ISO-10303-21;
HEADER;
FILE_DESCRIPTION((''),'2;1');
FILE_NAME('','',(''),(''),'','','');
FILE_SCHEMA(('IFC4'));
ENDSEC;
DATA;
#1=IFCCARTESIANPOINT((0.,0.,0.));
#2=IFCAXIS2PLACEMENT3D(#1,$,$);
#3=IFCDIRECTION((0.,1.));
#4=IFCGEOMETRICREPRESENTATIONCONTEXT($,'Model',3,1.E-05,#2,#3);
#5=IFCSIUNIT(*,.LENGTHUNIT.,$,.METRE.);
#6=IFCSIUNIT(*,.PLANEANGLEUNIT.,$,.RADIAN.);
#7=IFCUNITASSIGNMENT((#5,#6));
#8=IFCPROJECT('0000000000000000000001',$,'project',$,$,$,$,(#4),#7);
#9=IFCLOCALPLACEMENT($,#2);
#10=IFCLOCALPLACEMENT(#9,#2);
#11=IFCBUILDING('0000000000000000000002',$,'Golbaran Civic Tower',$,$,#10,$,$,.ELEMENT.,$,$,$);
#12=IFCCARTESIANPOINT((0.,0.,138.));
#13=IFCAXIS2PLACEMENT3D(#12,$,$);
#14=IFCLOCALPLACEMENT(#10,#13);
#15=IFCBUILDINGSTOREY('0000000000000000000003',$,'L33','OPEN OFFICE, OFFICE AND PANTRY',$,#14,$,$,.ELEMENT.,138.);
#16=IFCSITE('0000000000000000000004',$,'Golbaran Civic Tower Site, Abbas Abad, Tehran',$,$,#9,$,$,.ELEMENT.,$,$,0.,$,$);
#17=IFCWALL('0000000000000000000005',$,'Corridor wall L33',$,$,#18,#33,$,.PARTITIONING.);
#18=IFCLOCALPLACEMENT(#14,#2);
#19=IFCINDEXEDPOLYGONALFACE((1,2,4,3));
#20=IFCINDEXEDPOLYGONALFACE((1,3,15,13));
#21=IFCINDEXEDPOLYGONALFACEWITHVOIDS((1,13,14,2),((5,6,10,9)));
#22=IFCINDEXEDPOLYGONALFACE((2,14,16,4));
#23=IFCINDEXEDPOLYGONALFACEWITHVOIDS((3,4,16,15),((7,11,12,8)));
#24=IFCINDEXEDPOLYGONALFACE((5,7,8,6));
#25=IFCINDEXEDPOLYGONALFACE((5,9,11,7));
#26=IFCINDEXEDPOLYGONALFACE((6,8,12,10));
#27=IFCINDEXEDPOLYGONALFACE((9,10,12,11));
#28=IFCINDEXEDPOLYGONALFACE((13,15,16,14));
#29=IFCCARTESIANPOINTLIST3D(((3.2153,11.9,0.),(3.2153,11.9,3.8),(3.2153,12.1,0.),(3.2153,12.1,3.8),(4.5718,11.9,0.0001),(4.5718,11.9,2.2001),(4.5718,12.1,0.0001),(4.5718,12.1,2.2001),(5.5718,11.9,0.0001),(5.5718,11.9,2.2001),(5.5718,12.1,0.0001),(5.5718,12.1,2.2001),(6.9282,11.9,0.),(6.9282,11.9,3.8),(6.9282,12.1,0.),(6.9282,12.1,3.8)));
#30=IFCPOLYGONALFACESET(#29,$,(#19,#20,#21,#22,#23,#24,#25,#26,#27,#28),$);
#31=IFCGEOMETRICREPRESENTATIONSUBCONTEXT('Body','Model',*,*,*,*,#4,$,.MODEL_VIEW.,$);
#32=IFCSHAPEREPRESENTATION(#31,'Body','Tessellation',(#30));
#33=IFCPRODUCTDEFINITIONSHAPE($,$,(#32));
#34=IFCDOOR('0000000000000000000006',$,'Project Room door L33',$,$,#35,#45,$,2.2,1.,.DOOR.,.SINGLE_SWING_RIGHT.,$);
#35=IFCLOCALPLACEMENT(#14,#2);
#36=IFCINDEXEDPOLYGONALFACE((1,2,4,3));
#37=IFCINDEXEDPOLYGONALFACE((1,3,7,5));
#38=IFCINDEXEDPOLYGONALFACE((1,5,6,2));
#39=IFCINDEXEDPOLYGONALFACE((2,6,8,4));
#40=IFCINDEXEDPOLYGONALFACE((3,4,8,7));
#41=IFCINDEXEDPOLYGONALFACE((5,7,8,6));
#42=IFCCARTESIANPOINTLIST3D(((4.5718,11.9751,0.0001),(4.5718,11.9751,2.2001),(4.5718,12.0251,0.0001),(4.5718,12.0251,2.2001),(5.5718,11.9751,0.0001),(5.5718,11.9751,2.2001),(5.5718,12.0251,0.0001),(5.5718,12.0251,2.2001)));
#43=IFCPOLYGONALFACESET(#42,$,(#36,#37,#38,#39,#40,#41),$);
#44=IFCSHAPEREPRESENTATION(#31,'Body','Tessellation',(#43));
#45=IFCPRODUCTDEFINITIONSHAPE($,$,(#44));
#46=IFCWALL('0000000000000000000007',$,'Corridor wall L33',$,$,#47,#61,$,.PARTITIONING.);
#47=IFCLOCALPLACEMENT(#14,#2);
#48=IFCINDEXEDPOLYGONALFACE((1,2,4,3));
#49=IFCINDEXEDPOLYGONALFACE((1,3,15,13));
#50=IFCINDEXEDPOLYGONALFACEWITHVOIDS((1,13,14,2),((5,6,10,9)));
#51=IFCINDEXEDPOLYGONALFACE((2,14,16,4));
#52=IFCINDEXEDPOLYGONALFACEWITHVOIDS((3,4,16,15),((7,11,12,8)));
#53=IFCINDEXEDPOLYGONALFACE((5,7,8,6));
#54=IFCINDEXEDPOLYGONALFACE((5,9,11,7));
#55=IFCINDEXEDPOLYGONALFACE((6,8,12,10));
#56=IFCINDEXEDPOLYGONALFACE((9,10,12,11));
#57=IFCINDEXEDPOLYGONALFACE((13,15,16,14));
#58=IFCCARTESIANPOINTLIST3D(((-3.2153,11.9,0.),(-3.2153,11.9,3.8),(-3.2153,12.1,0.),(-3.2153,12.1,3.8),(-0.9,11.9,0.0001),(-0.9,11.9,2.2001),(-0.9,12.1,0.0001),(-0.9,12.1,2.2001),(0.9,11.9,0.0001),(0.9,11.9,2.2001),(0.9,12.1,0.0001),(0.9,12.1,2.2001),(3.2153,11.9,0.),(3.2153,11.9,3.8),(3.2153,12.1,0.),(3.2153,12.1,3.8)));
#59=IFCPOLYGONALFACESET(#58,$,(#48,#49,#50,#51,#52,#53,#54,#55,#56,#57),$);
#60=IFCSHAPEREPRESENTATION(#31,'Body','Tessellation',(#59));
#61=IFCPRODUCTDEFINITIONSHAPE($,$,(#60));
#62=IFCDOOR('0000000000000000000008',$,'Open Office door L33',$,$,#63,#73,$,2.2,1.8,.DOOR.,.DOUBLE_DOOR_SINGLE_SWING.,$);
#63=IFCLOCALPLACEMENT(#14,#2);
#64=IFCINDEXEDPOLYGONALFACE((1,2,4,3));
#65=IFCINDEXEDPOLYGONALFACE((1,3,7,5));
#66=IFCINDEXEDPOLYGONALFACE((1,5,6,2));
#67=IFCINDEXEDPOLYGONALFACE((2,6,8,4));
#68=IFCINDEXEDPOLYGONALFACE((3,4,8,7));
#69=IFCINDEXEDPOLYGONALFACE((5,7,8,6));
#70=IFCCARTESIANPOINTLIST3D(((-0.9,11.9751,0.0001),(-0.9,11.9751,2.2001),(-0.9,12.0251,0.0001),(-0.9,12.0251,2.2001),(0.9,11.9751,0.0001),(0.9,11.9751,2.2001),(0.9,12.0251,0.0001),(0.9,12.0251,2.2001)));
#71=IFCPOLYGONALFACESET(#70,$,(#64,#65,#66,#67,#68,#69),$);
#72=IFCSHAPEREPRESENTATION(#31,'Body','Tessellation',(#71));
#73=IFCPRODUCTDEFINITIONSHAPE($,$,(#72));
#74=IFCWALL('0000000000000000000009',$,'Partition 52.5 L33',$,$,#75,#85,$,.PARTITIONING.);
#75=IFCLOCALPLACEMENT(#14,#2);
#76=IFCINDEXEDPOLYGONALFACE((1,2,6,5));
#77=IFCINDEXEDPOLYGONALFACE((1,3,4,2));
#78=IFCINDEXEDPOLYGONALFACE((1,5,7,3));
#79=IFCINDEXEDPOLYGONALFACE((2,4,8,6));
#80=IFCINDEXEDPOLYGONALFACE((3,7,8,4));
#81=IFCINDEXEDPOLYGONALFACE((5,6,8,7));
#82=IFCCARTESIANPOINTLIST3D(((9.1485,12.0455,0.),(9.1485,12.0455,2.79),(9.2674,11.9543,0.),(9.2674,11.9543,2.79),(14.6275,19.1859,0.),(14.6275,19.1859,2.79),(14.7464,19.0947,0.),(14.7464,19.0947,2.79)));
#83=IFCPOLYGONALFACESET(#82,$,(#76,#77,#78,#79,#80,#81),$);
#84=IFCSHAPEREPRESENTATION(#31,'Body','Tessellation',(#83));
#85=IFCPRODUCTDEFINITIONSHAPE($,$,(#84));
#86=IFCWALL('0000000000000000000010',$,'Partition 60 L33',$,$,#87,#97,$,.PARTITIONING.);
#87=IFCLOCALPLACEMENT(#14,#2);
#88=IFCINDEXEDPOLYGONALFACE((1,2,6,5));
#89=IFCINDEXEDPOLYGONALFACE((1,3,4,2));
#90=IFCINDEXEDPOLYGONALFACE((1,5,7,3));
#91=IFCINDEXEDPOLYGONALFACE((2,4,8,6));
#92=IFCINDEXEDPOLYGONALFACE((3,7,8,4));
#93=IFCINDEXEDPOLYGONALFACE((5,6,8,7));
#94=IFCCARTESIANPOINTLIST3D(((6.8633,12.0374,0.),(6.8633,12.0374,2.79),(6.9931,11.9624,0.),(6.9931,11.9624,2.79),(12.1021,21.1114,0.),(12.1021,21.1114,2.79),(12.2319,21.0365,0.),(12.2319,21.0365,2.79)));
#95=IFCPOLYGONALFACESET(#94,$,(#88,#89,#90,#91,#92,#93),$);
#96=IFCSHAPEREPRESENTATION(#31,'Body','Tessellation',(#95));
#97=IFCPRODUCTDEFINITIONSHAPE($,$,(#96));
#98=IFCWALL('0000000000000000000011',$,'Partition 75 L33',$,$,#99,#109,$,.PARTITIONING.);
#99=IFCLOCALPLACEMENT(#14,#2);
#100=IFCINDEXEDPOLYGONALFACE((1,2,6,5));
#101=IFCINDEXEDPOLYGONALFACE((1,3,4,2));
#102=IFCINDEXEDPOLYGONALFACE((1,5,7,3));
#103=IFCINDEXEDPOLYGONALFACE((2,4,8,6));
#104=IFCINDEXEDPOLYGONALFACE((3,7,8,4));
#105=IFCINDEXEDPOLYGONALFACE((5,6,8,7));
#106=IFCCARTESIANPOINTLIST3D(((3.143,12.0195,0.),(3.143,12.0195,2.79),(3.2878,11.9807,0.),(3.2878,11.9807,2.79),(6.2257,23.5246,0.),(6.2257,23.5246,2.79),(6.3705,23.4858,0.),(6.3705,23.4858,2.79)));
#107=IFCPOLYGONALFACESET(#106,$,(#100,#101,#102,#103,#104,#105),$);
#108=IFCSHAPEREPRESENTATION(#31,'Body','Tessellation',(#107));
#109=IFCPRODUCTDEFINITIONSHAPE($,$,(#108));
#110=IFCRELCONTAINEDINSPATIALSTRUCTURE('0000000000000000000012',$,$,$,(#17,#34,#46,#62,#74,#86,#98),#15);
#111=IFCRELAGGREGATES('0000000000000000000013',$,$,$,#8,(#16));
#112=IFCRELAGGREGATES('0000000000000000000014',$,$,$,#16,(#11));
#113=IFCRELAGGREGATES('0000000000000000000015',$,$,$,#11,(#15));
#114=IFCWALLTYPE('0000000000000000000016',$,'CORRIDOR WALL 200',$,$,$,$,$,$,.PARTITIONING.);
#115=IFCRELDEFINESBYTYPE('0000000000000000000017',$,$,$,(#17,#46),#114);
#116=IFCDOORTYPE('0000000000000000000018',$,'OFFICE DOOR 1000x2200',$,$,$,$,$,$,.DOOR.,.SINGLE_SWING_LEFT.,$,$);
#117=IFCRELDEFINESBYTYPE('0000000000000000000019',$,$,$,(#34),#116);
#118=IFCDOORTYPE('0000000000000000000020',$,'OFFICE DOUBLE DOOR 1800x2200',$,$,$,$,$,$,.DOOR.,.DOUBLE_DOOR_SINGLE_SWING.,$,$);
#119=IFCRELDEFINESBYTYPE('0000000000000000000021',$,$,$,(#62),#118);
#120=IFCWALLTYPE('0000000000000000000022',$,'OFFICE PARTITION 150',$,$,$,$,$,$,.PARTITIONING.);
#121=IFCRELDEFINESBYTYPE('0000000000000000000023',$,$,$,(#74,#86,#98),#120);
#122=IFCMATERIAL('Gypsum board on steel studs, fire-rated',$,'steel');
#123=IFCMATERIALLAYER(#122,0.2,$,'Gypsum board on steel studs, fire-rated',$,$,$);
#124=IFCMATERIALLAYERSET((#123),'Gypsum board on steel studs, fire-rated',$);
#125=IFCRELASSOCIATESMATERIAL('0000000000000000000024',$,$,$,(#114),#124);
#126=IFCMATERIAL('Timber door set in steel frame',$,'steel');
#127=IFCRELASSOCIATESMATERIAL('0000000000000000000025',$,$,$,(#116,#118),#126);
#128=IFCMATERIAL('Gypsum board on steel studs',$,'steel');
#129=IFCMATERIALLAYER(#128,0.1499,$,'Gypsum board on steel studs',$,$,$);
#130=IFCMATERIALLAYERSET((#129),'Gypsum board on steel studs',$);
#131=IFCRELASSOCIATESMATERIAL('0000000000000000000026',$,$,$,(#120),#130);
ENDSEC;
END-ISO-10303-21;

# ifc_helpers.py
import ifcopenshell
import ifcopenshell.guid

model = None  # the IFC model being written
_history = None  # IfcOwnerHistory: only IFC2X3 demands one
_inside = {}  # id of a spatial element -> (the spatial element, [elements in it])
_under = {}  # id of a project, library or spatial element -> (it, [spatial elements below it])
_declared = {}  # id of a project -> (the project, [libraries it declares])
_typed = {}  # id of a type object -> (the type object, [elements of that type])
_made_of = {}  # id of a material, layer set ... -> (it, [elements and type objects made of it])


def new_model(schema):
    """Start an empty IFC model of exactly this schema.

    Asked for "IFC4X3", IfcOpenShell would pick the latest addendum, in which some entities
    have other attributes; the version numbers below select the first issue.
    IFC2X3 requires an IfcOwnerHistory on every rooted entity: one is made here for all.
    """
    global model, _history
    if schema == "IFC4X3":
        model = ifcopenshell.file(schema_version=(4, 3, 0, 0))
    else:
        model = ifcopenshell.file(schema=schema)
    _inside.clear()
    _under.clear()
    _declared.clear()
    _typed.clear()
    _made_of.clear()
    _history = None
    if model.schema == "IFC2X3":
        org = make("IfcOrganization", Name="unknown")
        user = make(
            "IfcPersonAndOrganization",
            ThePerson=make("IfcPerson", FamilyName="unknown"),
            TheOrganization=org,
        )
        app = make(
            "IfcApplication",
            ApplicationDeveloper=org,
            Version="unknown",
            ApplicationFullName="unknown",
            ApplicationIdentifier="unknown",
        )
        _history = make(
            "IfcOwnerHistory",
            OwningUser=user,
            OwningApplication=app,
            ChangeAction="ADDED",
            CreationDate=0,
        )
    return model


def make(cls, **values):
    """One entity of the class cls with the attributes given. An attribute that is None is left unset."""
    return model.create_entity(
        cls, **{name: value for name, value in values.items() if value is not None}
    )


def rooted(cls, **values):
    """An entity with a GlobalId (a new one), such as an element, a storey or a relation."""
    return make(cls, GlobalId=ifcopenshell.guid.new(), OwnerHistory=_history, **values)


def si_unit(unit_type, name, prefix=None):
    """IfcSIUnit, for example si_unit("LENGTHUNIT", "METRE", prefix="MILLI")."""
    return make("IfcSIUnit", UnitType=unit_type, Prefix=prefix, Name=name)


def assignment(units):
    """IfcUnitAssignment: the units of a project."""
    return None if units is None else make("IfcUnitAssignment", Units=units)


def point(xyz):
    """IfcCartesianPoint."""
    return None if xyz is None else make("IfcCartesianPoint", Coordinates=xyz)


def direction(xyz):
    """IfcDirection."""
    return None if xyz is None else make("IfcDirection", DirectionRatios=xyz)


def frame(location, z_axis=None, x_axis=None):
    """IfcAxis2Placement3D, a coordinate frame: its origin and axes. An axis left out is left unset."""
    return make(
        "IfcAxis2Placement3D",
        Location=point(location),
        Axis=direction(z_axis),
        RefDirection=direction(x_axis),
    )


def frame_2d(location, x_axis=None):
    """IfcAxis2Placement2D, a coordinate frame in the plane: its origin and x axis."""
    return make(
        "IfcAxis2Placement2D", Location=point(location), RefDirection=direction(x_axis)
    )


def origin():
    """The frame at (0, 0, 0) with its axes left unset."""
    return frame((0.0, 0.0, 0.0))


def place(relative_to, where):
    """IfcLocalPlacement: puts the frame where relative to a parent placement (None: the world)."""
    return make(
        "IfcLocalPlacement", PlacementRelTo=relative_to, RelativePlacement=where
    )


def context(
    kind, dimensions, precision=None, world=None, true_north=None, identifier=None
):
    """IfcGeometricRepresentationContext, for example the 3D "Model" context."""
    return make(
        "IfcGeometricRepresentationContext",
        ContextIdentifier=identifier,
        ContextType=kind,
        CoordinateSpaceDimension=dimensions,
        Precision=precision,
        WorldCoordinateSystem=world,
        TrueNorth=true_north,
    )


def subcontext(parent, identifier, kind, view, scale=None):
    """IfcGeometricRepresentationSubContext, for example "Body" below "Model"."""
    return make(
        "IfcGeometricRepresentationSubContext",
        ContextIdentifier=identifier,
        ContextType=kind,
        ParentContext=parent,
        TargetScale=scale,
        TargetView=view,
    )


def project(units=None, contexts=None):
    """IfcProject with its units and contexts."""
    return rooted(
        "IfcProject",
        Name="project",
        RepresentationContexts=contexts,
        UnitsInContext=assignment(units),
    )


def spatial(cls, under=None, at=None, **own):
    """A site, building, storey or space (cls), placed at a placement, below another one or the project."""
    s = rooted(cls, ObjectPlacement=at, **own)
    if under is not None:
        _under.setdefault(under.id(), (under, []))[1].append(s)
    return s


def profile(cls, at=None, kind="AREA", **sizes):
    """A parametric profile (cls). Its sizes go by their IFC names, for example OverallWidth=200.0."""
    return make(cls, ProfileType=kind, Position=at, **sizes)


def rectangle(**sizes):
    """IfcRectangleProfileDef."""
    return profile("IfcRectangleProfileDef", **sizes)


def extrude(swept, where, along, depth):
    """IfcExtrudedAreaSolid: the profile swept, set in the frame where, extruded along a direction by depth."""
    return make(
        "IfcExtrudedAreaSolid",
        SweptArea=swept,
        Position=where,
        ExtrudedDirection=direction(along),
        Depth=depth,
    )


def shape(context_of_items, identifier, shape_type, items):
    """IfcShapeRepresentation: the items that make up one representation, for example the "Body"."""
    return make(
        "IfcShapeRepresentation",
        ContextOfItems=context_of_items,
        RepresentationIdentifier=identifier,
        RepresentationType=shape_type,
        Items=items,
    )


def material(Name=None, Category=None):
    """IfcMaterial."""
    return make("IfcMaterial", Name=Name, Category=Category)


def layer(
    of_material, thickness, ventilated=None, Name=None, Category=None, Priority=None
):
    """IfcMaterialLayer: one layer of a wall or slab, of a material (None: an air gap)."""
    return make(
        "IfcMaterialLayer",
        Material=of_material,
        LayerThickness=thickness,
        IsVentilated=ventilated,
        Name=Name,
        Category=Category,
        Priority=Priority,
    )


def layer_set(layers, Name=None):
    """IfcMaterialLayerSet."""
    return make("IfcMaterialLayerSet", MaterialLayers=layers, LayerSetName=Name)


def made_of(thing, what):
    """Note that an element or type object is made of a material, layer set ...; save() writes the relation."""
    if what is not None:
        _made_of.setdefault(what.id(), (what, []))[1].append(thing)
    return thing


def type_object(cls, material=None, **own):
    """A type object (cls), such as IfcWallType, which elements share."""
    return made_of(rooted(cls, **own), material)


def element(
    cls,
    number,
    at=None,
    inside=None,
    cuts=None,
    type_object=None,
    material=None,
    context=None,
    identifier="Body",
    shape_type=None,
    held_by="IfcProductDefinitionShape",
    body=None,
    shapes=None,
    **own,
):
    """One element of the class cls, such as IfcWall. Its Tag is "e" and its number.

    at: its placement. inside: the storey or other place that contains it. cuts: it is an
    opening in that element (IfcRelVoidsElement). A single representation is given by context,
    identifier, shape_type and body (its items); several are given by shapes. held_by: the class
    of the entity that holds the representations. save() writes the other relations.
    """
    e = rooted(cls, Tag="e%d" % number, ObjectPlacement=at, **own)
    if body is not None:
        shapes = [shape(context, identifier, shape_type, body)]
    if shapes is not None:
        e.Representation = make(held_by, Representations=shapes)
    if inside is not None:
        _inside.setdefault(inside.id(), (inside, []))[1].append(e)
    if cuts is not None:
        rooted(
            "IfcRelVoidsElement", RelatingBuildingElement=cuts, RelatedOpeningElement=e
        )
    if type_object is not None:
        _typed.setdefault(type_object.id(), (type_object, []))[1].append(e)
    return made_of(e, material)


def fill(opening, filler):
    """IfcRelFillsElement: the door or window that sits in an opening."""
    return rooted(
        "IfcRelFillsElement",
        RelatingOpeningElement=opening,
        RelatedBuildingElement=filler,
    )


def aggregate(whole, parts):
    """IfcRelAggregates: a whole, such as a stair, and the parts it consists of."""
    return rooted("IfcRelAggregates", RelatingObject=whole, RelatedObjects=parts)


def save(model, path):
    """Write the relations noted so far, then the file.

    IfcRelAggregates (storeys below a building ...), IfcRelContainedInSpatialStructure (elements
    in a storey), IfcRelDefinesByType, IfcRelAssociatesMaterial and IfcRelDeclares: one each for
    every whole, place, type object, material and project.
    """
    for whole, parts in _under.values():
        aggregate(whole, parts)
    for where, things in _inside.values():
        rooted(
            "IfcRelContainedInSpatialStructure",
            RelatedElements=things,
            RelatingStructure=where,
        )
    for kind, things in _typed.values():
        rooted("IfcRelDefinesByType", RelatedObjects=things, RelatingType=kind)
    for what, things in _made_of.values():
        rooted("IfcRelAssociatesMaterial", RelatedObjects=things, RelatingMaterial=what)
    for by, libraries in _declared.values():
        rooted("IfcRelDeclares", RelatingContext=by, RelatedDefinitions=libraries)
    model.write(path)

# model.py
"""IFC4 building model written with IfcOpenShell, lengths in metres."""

from ifc_helpers import new_model, si_unit, direction, frame, frame_2d, origin, place, context, subcontext, project, spatial, rectangle, extrude, material, layer, layer_set, type_object, element, fill, save


model = new_model("IFC4")

# Units and contexts
model_context = context("Model", 3, precision=1e-05, world=origin(), true_north=direction((0.0, 1.0)))
body_context = subcontext(model_context, "Body", "Model", "MODEL_VIEW")
ifc_project = project(units=[si_unit("LENGTHUNIT", "METRE"), si_unit("PLANEANGLEUNIT", "RADIAN")], contexts=[model_context])

# Site, building, storey
site_placement = place(None, origin())
site = spatial("IfcSite", under=ifc_project, at=site_placement, Name="Golbaran Civic Tower Site, Abbas Abad, Tehran", CompositionType="ELEMENT", RefElevation=0.0)
building_placement = place(site_placement, origin())
building = spatial("IfcBuilding", under=site, at=building_placement, Name="Golbaran Civic Tower", CompositionType="ELEMENT")
storey_placement = place(building_placement, frame((0.0, 0.0, 138.0)))
storey = spatial("IfcBuildingStorey", under=building, at=storey_placement, Name="L33", Description="OPEN OFFICE, OFFICE AND PANTRY", CompositionType="ELEMENT", Elevation=138.0)

# Shared definitions
ifc_material_1 = material(Name="Gypsum board on steel studs, fire-rated", Category="steel")
ifc_layer_1 = layer(ifc_material_1, 0.2, Name="Gypsum board on steel studs, fire-rated")
ifc_layer_set_1 = layer_set([ifc_layer_1], Name="Gypsum board on steel studs, fire-rated")
wall_type_1 = type_object("IfcWallType", Name="CORRIDOR WALL 200", PredefinedType="PARTITIONING", material=ifc_layer_set_1)

# Walls, openings, doors
ifc_material_2 = material(Name="Timber door set in steel frame", Category="steel")
door_type_1 = type_object("IfcDoorType", Name="OFFICE DOOR 1000x2200", OperationType="SINGLE_SWING_LEFT", PredefinedType="DOOR", material=ifc_material_2)
wall_1_placement = place(storey_placement, frame((6.9282, 12.0, 0.0), z_axis=(0.0, 0.0, 1.0), x_axis=(-1.0, 0.0, 0.0)))
wall_1 = element("IfcWall", 1, at=wall_1_placement, inside=storey, type_object=wall_type_1, Name="Corridor wall L33", PredefinedType="PARTITIONING", context=body_context, shape_type="SweptSolid", body=[
    extrude(rectangle(XDim=3.7129, YDim=0.2, at=frame_2d((1.8564, 0.0))), origin(), (0.0, 0.0, 1.0), 3.8),
])
opening_1_placement = place(wall_1_placement, frame((1.3564, 0.0, 0.0)))
opening_1 = element("IfcOpeningElement", 2, at=opening_1_placement, cuts=wall_1, PredefinedType="OPENING", context=body_context, shape_type="SweptSolid", body=[
    extrude(rectangle(XDim=1.0, YDim=2.2, at=frame_2d((0.5, 1.1001))), frame((0.0, 0.1099, 0.0), z_axis=(0.0, -1.0, 0.0), x_axis=(1.0, 0.0, 0.0)), (0.0, 0.0, 1.0), 0.22),
])
door_1_placement = place(opening_1_placement, origin())
door_1 = element("IfcDoor", 3, at=door_1_placement, inside=storey, type_object=door_type_1, Name="Project Room door L33", OperationType="SINGLE_SWING_RIGHT", OverallHeight=2.2, OverallWidth=1.0, PredefinedType="DOOR", context=body_context, shape_type="SweptSolid", body=[
    extrude(rectangle(XDim=1.0, YDim=2.2, at=frame_2d((0.5, 1.1001))), frame((0.0, 0.0249, 0.0), z_axis=(0.0, -1.0, 0.0), x_axis=(1.0, 0.0, 0.0)), (0.0, 0.0, 1.0), 0.05),
])
fill(opening_1, door_1)
wall_2_placement = place(storey_placement, frame((3.2153, 12.0, 0.0), z_axis=(0.0, 0.0, 1.0), x_axis=(-1.0, 0.0, 0.0)))
wall_2 = element("IfcWall", 4, at=wall_2_placement, inside=storey, type_object=wall_type_1, Name="Corridor wall L33", PredefinedType="PARTITIONING", context=body_context, shape_type="SweptSolid", body=[
    extrude(rectangle(XDim=6.4307, YDim=0.2, at=frame_2d((3.2153, 0.0))), origin(), (0.0, 0.0, 1.0), 3.8),
])
opening_2_placement = place(wall_2_placement, frame((2.3154, 0.0, 0.0)))
opening_2 = element("IfcOpeningElement", 5, at=opening_2_placement, cuts=wall_2, PredefinedType="OPENING", context=body_context, shape_type="SweptSolid", body=[
    extrude(rectangle(XDim=1.8, YDim=2.2, at=frame_2d((0.8999, 1.1001))), frame((0.0, 0.1099, 0.0), z_axis=(0.0, -1.0, 0.0), x_axis=(1.0, 0.0, 0.0)), (0.0, 0.0, 1.0), 0.22),
])
door_type_2 = type_object("IfcDoorType", Name="OFFICE DOUBLE DOOR 1800x2200", OperationType="DOUBLE_DOOR_SINGLE_SWING", PredefinedType="DOOR", material=ifc_material_2)
door_2_placement = place(opening_2_placement, origin())
door_2 = element("IfcDoor", 6, at=door_2_placement, inside=storey, type_object=door_type_2, Name="Open Office door L33", OperationType="DOUBLE_DOOR_SINGLE_SWING", OverallHeight=2.2, OverallWidth=1.8, PredefinedType="DOOR", context=body_context, shape_type="SweptSolid", body=[
    extrude(rectangle(XDim=1.8, YDim=2.2, at=frame_2d((0.8999, 1.1001))), frame((0.0, 0.0249, 0.0), z_axis=(0.0, -1.0, 0.0), x_axis=(1.0, 0.0, 0.0)), (0.0, 0.0, 1.0), 0.05),
])
fill(opening_2, door_2)

# Walls
ifc_material_3 = material(Name="Gypsum board on steel studs", Category="steel")
ifc_layer_2 = layer(ifc_material_3, 0.1499, Name="Gypsum board on steel studs")
ifc_layer_set_2 = layer_set([ifc_layer_2], Name="Gypsum board on steel studs")
wall_type_2 = type_object("IfcWallType", Name="OFFICE PARTITION 150", PredefinedType="PARTITIONING", material=ifc_layer_set_2)
wall_3_placement = place(storey_placement, frame((9.208, 12.0, 0.0), z_axis=(0.0, 0.0, 1.0), x_axis=(0.608761, 0.793354, 0.0)))
element("IfcWall", 7, at=wall_3_placement, inside=storey, type_object=wall_type_2, Name="Partition 52.5 L33", PredefinedType="PARTITIONING", context=body_context, shape_type="SweptSolid", body=[
    extrude(rectangle(XDim=9.0002, YDim=0.1499, at=frame_2d((4.5, 0.0))), origin(), (0.0, 0.0, 1.0), 2.79),
])
wall_4_placement = place(storey_placement, frame((6.9282, 12.0, 0.0), z_axis=(0.0, 0.0, 1.0), x_axis=(0.499993, 0.866029, 0.0)))
element("IfcWall", 8, at=wall_4_placement, inside=storey, type_object=wall_type_2, Name="Partition 60 L33", PredefinedType="PARTITIONING", context=body_context, shape_type="SweptSolid", body=[
    extrude(rectangle(XDim=10.4778, YDim=0.1499, at=frame_2d((5.2388, 0.0))), origin(), (0.0, 0.0, 1.0), 2.79),
])
wall_5_placement = place(storey_placement, frame((3.2153, 12.0, 0.0), z_axis=(0.0, 0.0, 1.0), x_axis=(0.258817, 0.965926, 0.0)))
element("IfcWall", 9, at=wall_5_placement, inside=storey, type_object=wall_type_2, Name="Partition 75 L33", PredefinedType="PARTITIONING", context=body_context, shape_type="SweptSolid", body=[
    extrude(rectangle(XDim=11.9109, YDim=0.1499, at=frame_2d((5.9556, 0.0))), origin(), (0.0, 0.0, 1.0), 2.79),
])

save(model, "model.ifc")
